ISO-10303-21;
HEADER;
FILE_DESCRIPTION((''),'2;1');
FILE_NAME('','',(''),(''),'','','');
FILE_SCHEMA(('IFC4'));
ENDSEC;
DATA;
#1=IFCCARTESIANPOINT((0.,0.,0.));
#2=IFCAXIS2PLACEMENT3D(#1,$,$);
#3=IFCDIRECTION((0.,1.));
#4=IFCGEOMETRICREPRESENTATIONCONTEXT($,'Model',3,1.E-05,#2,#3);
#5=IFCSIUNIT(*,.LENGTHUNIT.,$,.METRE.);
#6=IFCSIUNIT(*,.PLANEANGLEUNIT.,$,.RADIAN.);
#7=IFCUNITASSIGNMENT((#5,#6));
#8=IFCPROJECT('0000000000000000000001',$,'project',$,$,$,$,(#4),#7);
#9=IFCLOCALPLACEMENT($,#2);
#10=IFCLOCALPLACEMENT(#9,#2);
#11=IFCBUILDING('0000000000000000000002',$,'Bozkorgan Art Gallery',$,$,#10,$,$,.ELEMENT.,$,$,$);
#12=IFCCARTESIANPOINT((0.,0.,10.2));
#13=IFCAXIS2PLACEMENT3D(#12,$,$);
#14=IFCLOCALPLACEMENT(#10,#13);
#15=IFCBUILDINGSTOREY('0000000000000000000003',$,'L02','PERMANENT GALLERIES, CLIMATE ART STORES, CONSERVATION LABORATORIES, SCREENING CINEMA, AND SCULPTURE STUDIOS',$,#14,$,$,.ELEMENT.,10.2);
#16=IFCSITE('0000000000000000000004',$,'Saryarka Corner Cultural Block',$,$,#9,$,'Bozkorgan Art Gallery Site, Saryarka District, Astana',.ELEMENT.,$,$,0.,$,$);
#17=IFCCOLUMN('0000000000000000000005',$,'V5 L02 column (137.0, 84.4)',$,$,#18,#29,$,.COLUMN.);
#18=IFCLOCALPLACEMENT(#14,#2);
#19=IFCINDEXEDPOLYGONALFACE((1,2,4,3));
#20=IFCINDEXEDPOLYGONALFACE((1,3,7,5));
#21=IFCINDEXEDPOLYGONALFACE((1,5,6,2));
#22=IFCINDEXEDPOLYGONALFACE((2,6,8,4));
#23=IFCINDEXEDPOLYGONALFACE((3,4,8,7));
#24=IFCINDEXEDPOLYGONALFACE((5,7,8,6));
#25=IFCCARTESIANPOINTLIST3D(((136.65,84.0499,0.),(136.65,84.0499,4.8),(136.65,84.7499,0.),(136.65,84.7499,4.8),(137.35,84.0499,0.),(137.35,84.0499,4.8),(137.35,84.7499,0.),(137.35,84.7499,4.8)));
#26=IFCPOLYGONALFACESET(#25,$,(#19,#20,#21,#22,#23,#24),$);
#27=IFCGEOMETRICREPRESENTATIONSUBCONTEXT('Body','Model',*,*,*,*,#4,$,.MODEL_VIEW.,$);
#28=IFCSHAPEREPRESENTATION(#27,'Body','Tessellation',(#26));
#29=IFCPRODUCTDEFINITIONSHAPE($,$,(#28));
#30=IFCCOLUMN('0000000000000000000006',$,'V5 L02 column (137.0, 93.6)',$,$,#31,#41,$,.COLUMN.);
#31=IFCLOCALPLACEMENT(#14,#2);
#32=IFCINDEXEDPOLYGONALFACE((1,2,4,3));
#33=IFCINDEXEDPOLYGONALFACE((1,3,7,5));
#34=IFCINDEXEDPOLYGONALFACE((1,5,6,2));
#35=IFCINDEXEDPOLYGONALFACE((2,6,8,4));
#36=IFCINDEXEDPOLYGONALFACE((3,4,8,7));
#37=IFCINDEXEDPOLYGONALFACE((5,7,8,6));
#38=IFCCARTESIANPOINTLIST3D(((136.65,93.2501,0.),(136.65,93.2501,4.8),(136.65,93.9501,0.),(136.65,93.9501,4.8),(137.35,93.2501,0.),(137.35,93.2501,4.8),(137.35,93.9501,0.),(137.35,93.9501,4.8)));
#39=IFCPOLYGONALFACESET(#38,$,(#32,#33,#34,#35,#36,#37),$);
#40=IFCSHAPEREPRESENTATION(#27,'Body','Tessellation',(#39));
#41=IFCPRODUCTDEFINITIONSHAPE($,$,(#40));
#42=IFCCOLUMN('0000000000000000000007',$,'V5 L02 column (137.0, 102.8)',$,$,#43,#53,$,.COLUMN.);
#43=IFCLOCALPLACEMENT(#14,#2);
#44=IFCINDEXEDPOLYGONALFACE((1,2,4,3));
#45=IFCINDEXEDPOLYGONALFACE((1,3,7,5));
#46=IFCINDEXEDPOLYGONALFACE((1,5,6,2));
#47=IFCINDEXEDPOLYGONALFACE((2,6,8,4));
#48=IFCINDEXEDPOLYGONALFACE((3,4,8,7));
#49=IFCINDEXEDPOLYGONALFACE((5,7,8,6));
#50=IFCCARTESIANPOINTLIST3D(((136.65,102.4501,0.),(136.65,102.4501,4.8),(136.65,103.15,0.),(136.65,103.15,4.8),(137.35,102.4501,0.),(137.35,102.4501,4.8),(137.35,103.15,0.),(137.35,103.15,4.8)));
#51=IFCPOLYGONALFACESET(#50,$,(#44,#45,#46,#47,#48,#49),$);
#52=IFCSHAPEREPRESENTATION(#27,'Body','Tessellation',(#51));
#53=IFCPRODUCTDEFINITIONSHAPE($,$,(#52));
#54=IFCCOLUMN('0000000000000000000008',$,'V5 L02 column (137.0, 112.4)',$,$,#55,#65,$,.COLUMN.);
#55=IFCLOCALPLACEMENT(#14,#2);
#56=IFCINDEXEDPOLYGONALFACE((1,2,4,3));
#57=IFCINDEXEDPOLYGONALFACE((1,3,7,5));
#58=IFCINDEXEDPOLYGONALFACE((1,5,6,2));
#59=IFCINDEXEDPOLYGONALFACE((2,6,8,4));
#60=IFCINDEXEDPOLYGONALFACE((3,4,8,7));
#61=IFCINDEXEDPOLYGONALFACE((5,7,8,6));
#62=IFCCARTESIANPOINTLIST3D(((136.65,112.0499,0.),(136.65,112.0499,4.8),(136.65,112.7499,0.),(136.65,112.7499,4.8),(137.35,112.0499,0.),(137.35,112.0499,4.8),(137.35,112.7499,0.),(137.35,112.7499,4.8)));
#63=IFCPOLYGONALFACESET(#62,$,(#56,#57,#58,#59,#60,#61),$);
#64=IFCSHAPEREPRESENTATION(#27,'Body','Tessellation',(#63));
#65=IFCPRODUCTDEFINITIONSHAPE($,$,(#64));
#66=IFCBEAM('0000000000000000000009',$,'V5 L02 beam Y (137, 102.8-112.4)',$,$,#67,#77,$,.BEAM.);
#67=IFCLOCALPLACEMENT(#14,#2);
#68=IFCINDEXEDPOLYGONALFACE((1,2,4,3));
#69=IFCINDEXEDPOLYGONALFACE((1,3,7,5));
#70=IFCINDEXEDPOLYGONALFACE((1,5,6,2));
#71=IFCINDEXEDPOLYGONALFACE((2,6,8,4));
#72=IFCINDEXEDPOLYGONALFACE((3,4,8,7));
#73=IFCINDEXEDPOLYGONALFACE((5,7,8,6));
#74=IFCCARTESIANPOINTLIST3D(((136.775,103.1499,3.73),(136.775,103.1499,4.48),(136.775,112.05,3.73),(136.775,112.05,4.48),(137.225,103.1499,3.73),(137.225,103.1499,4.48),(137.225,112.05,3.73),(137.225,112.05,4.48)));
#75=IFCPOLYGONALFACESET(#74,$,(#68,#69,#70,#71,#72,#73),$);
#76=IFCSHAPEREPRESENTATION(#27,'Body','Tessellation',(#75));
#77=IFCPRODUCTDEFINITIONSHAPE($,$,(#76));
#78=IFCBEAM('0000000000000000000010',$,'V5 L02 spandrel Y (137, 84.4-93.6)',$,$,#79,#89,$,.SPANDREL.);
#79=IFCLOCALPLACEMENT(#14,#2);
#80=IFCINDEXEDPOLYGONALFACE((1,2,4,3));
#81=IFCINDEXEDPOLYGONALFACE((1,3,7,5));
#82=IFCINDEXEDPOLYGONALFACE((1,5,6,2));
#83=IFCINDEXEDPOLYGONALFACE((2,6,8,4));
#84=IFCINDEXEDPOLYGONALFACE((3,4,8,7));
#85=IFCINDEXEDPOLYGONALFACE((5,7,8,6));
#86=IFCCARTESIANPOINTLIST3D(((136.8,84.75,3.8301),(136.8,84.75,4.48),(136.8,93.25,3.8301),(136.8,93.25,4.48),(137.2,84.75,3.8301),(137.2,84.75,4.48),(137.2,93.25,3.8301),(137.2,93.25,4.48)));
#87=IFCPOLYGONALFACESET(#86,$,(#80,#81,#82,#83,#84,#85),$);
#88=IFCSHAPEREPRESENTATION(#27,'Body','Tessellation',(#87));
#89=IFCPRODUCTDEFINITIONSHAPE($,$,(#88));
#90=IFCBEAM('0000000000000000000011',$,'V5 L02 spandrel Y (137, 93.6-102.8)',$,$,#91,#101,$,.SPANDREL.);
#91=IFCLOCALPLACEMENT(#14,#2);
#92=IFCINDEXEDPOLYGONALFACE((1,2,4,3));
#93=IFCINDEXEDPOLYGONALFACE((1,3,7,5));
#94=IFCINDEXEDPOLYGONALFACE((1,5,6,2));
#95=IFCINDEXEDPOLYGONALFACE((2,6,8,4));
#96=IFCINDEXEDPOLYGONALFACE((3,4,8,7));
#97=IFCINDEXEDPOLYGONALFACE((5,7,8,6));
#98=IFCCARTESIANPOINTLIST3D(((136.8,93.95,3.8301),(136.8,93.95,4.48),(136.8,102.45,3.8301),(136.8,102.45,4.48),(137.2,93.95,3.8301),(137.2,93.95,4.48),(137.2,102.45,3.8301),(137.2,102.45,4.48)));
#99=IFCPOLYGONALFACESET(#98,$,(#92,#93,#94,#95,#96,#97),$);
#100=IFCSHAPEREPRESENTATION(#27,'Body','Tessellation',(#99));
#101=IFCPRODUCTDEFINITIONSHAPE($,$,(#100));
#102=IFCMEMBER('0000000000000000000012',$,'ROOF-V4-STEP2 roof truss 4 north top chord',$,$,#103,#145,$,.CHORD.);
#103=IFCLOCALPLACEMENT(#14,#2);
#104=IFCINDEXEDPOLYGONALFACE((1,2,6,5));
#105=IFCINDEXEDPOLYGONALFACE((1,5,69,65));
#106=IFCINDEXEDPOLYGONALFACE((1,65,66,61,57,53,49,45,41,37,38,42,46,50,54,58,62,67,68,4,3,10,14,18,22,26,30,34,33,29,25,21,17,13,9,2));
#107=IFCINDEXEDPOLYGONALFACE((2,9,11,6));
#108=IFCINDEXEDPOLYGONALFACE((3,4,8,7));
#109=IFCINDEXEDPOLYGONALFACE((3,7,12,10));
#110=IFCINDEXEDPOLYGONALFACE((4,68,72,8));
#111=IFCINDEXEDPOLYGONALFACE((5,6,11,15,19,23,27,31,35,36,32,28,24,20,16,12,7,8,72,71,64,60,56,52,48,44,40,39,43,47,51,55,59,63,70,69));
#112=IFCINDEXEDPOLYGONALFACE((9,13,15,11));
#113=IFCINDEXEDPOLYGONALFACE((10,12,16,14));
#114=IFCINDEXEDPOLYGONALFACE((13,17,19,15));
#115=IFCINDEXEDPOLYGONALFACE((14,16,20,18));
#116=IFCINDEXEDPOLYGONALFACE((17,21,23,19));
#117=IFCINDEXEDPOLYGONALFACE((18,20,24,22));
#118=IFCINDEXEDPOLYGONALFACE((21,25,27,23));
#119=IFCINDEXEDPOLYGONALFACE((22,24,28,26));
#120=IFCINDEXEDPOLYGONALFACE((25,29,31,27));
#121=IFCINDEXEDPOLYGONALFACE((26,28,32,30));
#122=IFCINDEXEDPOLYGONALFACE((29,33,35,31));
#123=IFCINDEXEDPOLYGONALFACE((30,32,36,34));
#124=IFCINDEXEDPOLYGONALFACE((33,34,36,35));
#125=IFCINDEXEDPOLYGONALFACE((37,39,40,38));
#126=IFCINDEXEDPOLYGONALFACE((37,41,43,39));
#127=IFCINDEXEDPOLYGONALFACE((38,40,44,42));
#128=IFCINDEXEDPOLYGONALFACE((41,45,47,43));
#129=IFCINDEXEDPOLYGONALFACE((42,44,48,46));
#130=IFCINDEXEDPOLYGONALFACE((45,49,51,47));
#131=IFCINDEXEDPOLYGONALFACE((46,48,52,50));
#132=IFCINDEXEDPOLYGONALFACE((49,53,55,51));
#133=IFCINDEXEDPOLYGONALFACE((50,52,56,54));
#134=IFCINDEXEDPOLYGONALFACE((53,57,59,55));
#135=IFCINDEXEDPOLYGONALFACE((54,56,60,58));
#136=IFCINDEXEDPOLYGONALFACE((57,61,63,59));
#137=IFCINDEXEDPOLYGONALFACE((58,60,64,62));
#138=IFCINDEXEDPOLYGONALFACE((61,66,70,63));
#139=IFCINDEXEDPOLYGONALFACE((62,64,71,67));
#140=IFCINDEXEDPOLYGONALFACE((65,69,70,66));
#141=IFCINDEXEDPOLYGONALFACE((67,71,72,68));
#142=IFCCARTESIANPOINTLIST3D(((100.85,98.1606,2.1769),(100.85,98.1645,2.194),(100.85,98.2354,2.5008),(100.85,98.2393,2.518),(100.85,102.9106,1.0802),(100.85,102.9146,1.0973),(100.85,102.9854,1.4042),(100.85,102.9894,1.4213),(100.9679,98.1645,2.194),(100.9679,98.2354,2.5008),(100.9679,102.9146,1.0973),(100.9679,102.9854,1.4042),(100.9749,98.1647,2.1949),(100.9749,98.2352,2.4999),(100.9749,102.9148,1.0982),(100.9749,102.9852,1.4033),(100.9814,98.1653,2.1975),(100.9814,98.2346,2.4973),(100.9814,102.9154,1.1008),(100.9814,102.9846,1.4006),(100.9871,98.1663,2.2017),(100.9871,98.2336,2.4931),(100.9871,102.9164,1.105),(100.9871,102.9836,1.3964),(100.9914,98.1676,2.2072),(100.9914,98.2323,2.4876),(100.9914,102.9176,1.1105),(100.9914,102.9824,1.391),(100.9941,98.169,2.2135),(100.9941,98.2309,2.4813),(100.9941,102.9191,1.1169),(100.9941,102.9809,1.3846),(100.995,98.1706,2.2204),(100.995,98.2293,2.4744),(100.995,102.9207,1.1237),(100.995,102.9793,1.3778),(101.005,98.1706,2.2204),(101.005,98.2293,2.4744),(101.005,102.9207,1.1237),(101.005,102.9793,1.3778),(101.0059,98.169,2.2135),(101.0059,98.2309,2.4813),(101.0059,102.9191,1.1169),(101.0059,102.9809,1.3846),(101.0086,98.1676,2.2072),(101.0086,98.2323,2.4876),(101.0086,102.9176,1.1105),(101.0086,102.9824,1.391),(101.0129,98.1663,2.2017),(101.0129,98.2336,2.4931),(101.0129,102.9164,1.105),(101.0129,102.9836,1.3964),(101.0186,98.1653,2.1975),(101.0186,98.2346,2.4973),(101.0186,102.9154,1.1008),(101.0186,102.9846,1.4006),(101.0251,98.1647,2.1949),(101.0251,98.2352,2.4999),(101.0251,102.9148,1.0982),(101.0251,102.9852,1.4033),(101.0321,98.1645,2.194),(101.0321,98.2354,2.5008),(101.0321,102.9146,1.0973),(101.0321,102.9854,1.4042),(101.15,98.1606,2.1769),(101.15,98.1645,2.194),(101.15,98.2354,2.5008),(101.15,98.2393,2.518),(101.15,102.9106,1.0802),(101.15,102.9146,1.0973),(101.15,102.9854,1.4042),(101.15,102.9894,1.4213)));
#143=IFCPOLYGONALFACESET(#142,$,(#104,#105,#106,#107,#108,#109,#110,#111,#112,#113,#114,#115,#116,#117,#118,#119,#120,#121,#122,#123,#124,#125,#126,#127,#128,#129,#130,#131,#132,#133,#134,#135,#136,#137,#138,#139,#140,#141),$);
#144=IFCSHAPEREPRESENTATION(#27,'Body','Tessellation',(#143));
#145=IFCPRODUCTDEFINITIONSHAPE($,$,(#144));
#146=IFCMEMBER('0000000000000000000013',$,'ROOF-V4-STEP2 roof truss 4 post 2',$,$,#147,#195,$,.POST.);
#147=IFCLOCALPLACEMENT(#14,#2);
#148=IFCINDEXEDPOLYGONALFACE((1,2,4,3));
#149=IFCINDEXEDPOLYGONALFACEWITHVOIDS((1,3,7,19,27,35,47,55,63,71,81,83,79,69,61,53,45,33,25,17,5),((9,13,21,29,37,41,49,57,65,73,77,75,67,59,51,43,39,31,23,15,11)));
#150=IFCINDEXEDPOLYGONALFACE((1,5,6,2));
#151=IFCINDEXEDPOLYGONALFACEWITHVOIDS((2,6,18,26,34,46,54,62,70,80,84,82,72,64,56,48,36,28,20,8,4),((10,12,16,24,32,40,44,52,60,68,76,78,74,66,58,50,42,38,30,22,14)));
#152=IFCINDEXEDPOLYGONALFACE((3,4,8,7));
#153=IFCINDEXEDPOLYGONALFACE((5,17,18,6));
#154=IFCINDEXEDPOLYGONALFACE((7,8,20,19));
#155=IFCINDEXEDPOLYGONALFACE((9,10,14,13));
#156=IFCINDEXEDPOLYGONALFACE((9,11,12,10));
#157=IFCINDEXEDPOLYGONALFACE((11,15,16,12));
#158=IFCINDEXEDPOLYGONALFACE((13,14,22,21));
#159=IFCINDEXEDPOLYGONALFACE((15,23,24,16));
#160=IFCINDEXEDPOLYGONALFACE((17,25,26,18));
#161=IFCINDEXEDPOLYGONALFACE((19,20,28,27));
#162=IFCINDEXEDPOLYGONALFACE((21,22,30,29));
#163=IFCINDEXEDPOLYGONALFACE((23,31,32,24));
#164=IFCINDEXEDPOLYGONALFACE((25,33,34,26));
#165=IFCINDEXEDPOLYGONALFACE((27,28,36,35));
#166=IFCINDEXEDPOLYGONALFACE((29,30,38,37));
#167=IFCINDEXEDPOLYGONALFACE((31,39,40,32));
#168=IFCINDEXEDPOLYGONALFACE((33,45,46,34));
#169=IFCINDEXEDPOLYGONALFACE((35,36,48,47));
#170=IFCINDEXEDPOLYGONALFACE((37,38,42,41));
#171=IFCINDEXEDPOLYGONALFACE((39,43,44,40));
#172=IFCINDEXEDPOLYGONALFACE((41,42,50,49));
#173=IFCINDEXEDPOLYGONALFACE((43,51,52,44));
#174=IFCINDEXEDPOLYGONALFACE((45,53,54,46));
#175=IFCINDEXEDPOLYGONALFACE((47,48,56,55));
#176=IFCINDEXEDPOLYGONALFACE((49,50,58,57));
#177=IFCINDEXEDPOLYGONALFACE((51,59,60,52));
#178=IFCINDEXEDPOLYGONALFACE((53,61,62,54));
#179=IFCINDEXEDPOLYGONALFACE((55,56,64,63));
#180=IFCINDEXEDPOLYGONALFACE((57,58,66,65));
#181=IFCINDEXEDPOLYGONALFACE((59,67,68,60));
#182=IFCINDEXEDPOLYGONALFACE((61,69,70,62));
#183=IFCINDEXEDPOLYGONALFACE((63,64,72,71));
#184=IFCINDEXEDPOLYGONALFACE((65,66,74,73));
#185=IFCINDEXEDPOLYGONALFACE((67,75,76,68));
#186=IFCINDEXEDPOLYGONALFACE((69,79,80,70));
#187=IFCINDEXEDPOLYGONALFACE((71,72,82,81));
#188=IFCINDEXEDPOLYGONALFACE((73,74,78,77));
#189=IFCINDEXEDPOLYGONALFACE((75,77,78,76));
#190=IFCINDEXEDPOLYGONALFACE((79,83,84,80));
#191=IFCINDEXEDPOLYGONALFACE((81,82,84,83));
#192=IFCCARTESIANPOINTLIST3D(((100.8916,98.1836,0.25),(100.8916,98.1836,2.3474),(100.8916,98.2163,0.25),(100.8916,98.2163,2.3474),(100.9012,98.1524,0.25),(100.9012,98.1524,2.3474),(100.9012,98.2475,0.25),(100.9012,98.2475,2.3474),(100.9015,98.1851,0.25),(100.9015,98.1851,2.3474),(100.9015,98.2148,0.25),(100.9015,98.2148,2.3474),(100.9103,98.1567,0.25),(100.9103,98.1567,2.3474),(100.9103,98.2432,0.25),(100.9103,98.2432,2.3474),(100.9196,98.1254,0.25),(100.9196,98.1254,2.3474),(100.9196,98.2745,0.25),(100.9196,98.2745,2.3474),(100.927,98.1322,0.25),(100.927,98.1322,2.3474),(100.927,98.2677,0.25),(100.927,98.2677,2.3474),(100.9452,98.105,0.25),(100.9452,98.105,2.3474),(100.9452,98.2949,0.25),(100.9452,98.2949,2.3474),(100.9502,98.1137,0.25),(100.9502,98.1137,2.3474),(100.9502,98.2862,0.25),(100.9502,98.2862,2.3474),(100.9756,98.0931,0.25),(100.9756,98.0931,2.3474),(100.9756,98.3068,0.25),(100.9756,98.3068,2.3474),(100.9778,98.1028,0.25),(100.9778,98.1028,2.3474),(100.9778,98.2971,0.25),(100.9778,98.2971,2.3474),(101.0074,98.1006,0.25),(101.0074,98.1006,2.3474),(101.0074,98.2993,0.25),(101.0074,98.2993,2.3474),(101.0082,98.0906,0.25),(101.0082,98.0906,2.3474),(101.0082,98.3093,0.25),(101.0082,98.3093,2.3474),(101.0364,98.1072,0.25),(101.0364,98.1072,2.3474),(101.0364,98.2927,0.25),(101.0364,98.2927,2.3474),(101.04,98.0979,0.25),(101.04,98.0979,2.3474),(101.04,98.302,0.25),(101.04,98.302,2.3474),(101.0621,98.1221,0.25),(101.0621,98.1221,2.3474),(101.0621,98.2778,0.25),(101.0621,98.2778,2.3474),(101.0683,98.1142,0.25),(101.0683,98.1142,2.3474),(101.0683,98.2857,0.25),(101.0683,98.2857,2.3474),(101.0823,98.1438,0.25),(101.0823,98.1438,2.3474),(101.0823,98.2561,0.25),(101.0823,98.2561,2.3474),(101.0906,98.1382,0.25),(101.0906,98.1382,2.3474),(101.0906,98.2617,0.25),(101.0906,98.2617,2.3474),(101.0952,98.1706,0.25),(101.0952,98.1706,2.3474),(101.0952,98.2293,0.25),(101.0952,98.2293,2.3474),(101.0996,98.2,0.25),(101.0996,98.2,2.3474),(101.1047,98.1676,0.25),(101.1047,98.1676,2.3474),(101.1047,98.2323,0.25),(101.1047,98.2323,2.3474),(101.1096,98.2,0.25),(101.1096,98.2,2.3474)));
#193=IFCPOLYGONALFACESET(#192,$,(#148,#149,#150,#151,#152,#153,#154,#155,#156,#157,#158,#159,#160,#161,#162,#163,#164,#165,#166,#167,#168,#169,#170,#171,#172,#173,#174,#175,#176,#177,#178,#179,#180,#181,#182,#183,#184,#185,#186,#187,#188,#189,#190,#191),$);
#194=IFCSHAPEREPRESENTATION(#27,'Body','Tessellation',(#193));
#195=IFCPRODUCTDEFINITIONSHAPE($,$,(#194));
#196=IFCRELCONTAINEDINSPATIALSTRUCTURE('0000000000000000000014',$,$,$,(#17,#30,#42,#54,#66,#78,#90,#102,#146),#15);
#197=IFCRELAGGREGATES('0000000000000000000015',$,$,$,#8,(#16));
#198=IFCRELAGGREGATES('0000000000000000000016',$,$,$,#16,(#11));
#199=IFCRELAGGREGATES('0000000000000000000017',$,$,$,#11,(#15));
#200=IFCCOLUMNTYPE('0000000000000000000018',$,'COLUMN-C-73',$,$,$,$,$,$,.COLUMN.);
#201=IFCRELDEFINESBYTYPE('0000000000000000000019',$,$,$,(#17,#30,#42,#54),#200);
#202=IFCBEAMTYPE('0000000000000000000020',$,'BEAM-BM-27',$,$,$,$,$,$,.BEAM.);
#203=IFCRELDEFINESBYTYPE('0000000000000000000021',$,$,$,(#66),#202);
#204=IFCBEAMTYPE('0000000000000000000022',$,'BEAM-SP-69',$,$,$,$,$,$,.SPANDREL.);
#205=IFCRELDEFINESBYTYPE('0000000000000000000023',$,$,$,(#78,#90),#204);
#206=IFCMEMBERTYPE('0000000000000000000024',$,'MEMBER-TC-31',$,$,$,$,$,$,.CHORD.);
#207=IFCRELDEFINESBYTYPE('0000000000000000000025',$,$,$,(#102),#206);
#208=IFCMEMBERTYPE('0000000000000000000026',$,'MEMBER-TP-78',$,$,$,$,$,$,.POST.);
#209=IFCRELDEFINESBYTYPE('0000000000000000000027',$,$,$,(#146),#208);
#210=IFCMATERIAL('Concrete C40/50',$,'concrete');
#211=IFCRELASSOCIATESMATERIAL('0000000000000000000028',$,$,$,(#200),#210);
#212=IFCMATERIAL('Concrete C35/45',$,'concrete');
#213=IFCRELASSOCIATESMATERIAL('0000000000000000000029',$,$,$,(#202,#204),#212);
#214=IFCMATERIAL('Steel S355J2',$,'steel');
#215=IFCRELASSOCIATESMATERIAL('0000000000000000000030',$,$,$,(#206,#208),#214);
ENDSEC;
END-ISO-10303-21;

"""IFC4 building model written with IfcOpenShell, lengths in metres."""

from ifc_helpers import new_model, si_unit, direction, frame, origin, origin_2d, place, context, subcontext, project, spatial, rectangle, hollow_circle, i_section, extrude, material, material_profile, profile_set, type_object, element, save


model = new_model("IFC4")

# Units and contexts
model_context = context("Model", 3, precision=1e-05, world=origin(), true_north=direction((0.0, 1.0)))
body_context = subcontext(model_context, "Body", "Model", "MODEL_VIEW")
ifc_project = project(units=[si_unit("LENGTHUNIT", "METRE"), si_unit("PLANEANGLEUNIT", "RADIAN")], contexts=[model_context])

# Site, building, storey
site_placement = place(None, origin())
site = spatial("IfcSite", under=ifc_project, at=site_placement, Name="Saryarka Corner Cultural Block", LongName="Bozkorgan Art Gallery Site, Saryarka District, Astana", CompositionType="ELEMENT", RefElevation=0.0)
building_placement = place(site_placement, origin())
building = spatial("IfcBuilding", under=site, at=building_placement, Name="Bozkorgan Art Gallery", CompositionType="ELEMENT")
storey_placement = place(building_placement, frame((0.0, 0.0, 10.2)))
storey = spatial("IfcBuildingStorey", under=building, at=storey_placement, Name="L02", Description="PERMANENT GALLERIES, CLIMATE ART STORES, CONSERVATION LABORATORIES, SCREENING CINEMA, AND SCULPTURE STUDIOS", CompositionType="ELEMENT", Elevation=10.2)

# Columns
ifc_material_1 = material(Name="Concrete C40/50", Category="concrete")
ifc_material_profile_1 = material_profile(ifc_material_1, rectangle(XDim=0.7, YDim=0.7, at=origin_2d()), Name="RC 700x700")
ifc_profile_set_1 = profile_set([ifc_material_profile_1], Name="Concrete C40/50")
column_type = type_object("IfcColumnType", Name="COLUMN-C-73", PredefinedType="COLUMN", material=ifc_profile_set_1)
for number, where, z_axis, x_axis, name in (
    (1, (137.0, 84.3999, 0.0), (0.0, 0.0, 1.0), (1.0, 0.0, 0.0), "V5 L02 column (137.0, 84.4)"),
    (2, (137.0, 93.6001, 0.0), (0.0, 0.0, 1.0), (1.0, 0.0, 0.0), "V5 L02 column (137.0, 93.6)"),
    (3, (137.0, 102.8, 0.0), (0.0, 0.0, 1.0), (1.0, 0.0, 0.0), "V5 L02 column (137.0, 102.8)"),
    (4, (137.0, 112.3999, 0.0), (0.0, 0.0, 1.0), (1.0, 0.0, 0.0), "V5 L02 column (137.0, 112.4)"),
):
    element("IfcColumn", number, at=place(storey_placement, frame(where, z_axis=z_axis, x_axis=x_axis)), inside=storey, type_object=column_type, Name=name, PredefinedType="COLUMN", context=body_context, shape_type="SweptSolid", body=[
        extrude(rectangle(XDim=0.7, YDim=0.7, at=origin_2d()), origin(), (0.0, 0.0, 1.0), 4.8),
    ])

# Beams
ifc_material_2 = material(Name="Concrete C35/45", Category="concrete")
ifc_material_profile_2 = material_profile(ifc_material_2, rectangle(XDim=0.45, YDim=0.75, at=origin_2d()), Name="RC 450x750")
ifc_profile_set_2 = profile_set([ifc_material_profile_2], Name="Concrete C35/45")
beam_type_1 = type_object("IfcBeamType", Name="BEAM-BM-27", PredefinedType="BEAM", material=ifc_profile_set_2)
beam_placement = place(storey_placement, frame((137.0, 103.1499, 4.105), z_axis=(0.0, 1.0, 0.0), x_axis=(-1.0, 0.0, 0.0)))
element("IfcBeam", 5, at=beam_placement, inside=storey, type_object=beam_type_1, Name="V5 L02 beam Y (137, 102.8-112.4)", PredefinedType="BEAM", context=body_context, shape_type="SweptSolid", body=[
    extrude(rectangle(XDim=0.45, YDim=0.75, at=origin_2d()), origin(), (0.0, 0.0, 1.0), 8.9001),
])
ifc_material_profile_3 = material_profile(ifc_material_2, rectangle(XDim=0.3999, YDim=0.6499, at=origin_2d()), Name="RC 400x650")
ifc_profile_set_3 = profile_set([ifc_material_profile_3], Name="Concrete C35/45")
beam_type_2 = type_object("IfcBeamType", Name="BEAM-SP-69", PredefinedType="SPANDREL", material=ifc_profile_set_3)
for number, where, z_axis, x_axis, name in (
    (6, (137.0, 84.75, 4.155), (0.0, 1.0, 0.0), (-1.0, 0.0, 0.0), "V5 L02 spandrel Y (137, 84.4-93.6)"),
    (7, (137.0, 93.95, 4.155), (0.0, 1.0, 0.0), (-1.0, 0.0, 0.0), "V5 L02 spandrel Y (137, 93.6-102.8)"),
):
    element("IfcBeam", number, at=place(storey_placement, frame(where, z_axis=z_axis, x_axis=x_axis)), inside=storey, type_object=beam_type_2, Name=name, PredefinedType="SPANDREL", context=body_context, shape_type="SweptSolid", body=[
        extrude(rectangle(XDim=0.3999, YDim=0.6499, at=origin_2d()), origin(), (0.0, 0.0, 1.0), 8.5),
    ])

# Members
ifc_material_3 = material(Name="Steel S355J2", Category="steel")
ifc_material_profile_4 = material_profile(ifc_material_3, i_section(OverallWidth=0.3, OverallDepth=0.3501, WebThickness=0.01, FlangeThickness=0.0176, FilletRadius=0.0271, at=origin_2d()), Name="HEA 360")
ifc_profile_set_4 = profile_set([ifc_material_profile_4], Name="Steel S355J2")
member_type_1 = type_object("IfcMemberType", Name="MEMBER-TC-31", PredefinedType="CHORD", material=ifc_profile_set_4)
member_1_placement = place(storey_placement, frame((101.0, 98.2, 2.3474), z_axis=(0.0, 0.974368, -0.224962), x_axis=(-1.0, 0.0, 0.0)))
element("IfcMember", 8, at=member_1_placement, inside=storey, type_object=member_type_1, Name="ROOF-V4-STEP2 roof truss 4 north top chord", PredefinedType="CHORD", context=body_context, shape_type="SweptSolid", body=[
    extrude(i_section(OverallWidth=0.3, OverallDepth=0.3501, WebThickness=0.01, FlangeThickness=0.0176, FilletRadius=0.0271, at=origin_2d()), origin(), (0.0, 0.0, 1.0), 4.875),
])
ifc_material_profile_5 = material_profile(ifc_material_3, hollow_circle(Radius=0.1096, WallThickness=0.01, at=origin_2d()), Name="CHS 219.1x10")
ifc_profile_set_5 = profile_set([ifc_material_profile_5], Name="Steel S355J2")
member_type_2 = type_object("IfcMemberType", Name="MEMBER-TP-78", PredefinedType="POST", material=ifc_profile_set_5)
member_2_placement = place(storey_placement, frame((101.0, 98.2, 0.25), z_axis=(0.0, 0.0, 1.0), x_axis=(1.0, 0.0, 0.0)))
element("IfcMember", 9, at=member_2_placement, inside=storey, type_object=member_type_2, Name="ROOF-V4-STEP2 roof truss 4 post 2", PredefinedType="POST", context=body_context, shape_type="SweptSolid", body=[
    extrude(hollow_circle(Radius=0.1096, WallThickness=0.01, at=origin_2d()), origin(), (0.0, 0.0, 1.0), 2.0974),
])

save(model, "model.ifc")
